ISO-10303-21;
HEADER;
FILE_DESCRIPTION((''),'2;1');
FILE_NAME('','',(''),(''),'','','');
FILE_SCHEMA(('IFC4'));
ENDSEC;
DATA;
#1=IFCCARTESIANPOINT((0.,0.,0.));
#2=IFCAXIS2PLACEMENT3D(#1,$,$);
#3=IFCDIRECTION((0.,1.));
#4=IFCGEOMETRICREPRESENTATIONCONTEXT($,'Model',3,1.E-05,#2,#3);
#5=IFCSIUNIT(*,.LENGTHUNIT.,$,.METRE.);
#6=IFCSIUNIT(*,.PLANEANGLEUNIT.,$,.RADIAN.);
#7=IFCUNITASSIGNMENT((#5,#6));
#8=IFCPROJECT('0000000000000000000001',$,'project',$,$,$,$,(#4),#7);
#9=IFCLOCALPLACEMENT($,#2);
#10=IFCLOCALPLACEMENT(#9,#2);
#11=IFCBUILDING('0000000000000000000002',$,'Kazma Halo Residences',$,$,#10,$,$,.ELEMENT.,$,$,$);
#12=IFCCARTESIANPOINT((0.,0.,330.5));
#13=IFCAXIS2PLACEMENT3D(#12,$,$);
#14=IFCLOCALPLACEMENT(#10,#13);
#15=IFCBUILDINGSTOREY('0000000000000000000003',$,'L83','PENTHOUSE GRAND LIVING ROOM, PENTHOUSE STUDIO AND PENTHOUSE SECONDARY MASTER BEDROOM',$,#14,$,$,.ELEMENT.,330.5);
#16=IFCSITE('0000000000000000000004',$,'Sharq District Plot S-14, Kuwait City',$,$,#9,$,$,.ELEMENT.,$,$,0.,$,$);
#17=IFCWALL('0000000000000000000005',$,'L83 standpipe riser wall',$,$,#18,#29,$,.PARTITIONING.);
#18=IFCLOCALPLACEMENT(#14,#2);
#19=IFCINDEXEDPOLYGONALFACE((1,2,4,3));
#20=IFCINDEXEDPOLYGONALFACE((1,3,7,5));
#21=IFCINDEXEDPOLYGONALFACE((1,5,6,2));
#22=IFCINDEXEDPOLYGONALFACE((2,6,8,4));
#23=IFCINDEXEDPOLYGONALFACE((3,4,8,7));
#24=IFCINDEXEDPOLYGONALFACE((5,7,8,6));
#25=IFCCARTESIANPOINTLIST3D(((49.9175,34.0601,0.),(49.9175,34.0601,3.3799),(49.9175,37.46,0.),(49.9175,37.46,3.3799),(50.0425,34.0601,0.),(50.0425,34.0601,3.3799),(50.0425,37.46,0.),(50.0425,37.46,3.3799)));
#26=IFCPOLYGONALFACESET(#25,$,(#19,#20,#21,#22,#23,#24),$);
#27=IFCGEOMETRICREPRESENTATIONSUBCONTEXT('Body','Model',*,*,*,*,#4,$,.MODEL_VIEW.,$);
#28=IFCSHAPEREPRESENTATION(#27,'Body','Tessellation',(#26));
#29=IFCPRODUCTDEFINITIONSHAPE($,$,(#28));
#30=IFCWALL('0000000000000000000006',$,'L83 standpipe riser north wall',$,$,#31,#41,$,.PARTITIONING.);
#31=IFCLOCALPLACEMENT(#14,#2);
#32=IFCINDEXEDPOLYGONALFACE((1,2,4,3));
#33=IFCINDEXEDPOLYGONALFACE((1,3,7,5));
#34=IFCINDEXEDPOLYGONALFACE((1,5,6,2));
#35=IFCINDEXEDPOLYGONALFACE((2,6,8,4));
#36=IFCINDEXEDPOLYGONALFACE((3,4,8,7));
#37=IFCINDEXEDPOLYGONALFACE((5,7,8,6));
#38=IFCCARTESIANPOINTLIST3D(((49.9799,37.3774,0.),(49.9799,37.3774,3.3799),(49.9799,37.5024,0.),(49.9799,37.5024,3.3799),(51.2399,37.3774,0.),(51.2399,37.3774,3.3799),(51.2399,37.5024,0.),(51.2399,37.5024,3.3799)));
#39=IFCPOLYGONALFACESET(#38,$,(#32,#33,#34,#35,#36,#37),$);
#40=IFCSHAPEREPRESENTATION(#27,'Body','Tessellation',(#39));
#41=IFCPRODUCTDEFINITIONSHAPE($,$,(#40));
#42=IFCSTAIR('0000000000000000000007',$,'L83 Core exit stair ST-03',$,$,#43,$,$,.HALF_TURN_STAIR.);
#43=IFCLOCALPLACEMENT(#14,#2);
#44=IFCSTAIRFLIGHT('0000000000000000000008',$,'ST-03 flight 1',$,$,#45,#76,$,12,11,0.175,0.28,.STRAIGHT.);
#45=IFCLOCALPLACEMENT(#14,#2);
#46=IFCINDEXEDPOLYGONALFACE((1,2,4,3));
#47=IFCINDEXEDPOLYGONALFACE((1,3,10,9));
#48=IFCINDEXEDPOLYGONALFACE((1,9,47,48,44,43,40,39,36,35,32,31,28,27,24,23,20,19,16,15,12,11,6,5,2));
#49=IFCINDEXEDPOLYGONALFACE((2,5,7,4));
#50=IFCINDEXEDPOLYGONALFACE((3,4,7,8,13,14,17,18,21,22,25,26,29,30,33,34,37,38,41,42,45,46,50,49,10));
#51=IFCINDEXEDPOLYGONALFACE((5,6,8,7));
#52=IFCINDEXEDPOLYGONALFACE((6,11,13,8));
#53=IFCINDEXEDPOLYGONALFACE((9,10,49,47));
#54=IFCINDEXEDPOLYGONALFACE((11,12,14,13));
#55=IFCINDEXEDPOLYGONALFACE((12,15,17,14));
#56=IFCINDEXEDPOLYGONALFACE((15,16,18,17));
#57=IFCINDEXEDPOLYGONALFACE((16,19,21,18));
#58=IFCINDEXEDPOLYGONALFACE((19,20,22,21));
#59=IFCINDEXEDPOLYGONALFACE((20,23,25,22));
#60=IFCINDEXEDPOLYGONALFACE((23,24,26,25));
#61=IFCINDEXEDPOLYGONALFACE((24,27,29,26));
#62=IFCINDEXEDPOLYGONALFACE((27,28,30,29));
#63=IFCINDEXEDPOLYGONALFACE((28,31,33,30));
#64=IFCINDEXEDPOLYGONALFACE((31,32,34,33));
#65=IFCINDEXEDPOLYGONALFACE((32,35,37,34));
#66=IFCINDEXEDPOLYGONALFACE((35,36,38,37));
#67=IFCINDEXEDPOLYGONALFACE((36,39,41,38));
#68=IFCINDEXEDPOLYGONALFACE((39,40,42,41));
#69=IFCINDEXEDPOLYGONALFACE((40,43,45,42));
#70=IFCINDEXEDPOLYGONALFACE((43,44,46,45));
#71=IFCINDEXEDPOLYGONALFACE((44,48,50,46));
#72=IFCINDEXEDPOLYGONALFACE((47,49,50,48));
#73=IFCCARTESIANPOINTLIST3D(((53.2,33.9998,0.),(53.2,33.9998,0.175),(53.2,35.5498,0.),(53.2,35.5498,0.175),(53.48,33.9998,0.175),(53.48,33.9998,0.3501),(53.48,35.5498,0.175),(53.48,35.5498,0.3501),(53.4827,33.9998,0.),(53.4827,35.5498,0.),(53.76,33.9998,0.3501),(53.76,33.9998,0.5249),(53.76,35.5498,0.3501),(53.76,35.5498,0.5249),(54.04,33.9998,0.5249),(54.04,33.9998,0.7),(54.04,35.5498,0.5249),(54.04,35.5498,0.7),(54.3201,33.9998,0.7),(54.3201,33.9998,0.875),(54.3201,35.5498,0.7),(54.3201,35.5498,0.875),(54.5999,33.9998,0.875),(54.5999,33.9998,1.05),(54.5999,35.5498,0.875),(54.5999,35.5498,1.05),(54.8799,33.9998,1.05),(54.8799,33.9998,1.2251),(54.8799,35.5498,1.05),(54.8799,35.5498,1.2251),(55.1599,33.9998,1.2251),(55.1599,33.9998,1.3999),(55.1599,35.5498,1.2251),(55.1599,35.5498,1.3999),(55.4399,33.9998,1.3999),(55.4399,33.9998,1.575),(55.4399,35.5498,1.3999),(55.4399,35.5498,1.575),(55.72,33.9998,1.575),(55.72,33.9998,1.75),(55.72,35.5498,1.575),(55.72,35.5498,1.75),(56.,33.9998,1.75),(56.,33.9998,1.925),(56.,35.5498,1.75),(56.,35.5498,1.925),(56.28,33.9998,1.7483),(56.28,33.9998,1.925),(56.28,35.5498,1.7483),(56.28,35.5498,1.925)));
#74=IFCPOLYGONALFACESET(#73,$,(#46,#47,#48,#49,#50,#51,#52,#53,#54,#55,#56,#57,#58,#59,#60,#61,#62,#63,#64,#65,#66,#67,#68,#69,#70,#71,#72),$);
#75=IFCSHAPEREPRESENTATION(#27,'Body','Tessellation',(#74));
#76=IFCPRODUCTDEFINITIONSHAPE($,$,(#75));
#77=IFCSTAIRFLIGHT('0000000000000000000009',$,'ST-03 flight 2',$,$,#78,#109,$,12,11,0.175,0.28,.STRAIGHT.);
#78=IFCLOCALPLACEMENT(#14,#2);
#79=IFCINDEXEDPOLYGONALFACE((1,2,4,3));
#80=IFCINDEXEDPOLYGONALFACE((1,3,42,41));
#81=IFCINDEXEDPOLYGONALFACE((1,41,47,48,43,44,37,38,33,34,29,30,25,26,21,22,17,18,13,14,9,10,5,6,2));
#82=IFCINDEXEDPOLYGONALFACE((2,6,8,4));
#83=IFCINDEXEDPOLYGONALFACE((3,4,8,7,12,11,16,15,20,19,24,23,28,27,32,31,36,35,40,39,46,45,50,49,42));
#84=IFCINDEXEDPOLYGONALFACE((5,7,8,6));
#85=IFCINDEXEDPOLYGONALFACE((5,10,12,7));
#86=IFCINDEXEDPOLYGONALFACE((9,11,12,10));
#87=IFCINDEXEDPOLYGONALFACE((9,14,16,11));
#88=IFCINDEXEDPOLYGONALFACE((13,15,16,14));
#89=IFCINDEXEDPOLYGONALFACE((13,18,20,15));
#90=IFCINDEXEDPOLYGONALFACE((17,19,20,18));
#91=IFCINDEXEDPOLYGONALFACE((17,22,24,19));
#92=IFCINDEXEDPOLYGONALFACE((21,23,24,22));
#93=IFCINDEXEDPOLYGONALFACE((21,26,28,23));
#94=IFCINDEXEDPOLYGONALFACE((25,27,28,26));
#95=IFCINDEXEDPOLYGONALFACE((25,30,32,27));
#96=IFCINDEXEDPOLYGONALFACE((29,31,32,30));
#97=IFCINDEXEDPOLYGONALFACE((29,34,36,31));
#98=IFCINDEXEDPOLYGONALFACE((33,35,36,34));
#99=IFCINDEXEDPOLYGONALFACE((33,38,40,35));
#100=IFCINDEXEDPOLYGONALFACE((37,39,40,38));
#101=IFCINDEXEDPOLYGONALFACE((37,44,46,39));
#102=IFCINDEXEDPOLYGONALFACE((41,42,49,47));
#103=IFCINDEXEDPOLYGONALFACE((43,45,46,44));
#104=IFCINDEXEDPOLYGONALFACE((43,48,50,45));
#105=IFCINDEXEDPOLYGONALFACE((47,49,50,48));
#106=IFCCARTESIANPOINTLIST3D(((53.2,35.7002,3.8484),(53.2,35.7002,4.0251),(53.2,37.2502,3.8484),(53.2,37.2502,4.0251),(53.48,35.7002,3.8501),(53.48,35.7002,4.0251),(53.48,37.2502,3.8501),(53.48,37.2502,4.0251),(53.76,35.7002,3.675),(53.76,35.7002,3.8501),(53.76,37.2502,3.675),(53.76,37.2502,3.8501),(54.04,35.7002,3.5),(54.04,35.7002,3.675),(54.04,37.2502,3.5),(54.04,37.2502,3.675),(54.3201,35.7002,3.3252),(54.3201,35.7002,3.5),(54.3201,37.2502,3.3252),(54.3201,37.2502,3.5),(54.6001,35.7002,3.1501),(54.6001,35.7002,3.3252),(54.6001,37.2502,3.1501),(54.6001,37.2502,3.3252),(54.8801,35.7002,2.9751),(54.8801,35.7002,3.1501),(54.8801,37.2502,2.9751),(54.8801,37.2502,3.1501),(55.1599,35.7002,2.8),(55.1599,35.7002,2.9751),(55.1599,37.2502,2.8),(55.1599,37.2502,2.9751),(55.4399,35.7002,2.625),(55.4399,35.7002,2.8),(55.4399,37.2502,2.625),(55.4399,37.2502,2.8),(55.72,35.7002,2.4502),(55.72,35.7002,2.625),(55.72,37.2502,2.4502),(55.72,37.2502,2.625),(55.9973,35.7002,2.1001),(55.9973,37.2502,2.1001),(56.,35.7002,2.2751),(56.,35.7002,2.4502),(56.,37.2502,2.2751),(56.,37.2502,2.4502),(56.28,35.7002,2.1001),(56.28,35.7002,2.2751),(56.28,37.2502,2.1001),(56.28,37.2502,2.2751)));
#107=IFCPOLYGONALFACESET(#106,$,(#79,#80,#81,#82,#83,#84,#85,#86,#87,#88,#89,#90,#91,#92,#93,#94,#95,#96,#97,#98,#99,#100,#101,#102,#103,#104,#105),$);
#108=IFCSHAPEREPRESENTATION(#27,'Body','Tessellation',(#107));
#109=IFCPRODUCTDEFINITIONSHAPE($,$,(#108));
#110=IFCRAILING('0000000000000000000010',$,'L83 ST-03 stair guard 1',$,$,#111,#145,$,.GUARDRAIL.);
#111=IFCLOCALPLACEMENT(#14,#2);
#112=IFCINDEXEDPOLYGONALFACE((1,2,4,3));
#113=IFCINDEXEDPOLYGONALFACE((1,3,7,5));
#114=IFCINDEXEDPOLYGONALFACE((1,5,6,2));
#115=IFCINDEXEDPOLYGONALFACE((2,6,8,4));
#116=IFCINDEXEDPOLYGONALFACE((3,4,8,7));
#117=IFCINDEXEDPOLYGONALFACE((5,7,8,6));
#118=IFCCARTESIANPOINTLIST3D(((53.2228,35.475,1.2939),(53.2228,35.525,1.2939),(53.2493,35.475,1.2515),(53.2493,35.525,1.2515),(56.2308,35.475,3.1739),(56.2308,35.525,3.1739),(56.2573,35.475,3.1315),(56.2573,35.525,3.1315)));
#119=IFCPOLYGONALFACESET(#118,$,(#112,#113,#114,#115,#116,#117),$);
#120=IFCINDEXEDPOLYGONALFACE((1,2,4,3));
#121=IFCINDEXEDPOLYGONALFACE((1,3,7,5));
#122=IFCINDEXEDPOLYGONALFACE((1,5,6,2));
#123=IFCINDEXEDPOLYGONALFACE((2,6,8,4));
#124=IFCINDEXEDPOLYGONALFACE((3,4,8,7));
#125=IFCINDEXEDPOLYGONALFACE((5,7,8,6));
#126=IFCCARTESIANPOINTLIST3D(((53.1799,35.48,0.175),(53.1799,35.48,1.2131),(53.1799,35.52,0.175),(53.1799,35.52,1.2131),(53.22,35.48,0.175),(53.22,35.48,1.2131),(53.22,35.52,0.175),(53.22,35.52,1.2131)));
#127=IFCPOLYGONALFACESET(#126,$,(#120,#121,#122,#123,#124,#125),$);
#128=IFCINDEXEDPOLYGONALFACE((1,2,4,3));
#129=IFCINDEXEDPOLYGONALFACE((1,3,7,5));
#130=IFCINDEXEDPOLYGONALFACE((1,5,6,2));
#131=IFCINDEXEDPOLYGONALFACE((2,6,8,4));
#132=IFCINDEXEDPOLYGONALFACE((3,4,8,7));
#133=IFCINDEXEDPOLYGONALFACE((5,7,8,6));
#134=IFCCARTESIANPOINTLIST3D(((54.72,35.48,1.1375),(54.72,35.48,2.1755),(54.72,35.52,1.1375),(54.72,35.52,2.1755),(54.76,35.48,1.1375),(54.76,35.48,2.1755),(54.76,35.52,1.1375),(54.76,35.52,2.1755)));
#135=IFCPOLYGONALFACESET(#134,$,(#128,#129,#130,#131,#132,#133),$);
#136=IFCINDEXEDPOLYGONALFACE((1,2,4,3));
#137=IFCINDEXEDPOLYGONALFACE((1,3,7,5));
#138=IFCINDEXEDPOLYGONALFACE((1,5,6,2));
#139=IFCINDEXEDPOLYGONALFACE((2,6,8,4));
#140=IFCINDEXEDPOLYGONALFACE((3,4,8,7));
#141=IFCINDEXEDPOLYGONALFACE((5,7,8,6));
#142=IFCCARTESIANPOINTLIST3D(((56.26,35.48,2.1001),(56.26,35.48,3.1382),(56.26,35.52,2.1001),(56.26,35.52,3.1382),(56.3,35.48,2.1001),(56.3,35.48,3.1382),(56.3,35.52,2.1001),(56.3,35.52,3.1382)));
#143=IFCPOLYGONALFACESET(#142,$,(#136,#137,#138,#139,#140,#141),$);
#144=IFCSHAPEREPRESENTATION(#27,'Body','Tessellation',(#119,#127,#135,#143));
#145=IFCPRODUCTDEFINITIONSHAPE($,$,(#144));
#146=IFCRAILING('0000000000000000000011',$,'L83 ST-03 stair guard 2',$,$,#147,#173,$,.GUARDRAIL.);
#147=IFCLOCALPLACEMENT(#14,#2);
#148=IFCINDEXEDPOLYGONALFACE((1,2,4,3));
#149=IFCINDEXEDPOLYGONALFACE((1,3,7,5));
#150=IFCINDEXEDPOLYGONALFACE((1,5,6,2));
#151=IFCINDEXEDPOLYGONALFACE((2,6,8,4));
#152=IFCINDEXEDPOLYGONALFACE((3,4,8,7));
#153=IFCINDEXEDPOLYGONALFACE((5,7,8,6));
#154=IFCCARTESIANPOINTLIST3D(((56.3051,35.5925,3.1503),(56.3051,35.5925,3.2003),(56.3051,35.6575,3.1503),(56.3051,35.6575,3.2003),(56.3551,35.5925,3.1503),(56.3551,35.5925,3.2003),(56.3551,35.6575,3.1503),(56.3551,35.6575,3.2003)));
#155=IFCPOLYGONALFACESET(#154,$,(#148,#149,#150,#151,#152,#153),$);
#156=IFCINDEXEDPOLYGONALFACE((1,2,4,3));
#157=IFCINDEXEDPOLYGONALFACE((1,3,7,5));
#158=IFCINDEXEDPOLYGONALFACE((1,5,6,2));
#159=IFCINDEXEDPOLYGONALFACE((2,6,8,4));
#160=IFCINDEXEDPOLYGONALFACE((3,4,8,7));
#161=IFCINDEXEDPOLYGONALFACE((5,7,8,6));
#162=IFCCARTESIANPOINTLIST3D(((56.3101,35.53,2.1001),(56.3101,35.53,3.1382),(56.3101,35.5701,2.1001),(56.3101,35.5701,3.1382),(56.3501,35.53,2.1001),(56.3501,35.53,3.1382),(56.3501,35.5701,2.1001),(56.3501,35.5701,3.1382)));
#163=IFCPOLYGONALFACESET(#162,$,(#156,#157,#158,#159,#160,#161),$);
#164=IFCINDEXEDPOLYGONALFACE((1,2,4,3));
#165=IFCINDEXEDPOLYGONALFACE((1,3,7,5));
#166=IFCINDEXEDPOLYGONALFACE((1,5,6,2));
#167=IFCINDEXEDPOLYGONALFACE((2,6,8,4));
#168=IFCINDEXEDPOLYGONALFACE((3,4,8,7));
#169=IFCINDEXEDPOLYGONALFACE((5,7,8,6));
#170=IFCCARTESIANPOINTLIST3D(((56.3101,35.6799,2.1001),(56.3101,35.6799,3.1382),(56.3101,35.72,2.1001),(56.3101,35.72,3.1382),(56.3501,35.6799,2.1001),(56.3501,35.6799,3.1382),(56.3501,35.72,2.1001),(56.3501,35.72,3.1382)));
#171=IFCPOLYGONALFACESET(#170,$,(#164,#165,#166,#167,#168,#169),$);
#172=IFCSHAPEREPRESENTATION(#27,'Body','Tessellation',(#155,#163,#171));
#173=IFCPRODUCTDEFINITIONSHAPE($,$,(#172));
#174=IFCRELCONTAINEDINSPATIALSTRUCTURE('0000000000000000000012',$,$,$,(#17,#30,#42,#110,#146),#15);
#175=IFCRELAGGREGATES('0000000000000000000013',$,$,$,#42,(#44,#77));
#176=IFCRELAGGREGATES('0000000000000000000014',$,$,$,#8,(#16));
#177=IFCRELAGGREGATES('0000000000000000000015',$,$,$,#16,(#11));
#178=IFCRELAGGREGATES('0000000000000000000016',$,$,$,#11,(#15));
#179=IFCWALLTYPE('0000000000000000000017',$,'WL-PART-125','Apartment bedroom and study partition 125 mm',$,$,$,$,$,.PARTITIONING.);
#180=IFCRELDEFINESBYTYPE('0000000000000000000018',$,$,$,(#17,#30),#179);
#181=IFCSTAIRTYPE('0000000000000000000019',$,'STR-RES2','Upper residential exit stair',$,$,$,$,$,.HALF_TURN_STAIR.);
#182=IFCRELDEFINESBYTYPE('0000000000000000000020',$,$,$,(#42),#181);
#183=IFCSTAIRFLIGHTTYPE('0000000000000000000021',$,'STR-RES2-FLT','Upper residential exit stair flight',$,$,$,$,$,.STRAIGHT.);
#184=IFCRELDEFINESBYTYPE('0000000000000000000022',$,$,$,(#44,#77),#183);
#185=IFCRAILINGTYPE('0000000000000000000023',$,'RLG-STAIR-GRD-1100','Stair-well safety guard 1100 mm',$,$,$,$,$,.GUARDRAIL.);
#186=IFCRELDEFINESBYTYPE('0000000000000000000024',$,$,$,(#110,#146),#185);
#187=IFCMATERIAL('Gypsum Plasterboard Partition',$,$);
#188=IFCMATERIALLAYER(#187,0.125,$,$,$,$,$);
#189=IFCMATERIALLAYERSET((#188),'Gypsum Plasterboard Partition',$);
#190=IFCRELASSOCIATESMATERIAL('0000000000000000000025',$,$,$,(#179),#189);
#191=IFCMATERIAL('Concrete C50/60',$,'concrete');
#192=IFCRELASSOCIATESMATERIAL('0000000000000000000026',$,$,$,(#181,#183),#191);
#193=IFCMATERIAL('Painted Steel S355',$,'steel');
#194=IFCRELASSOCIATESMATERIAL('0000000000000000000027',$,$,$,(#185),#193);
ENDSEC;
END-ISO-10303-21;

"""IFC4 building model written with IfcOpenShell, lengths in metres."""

from ifc_helpers import new_model, si_unit, direction, frame, frame_2d, origin, origin_2d, place, context, subcontext, project, spatial, polyline, rectangle, outline, extrude, material, layer, layer_set, type_object, element, aggregate, save


model = new_model("IFC4")

# Units and contexts
model_context = context("Model", 3, precision=1e-05, world=origin(), true_north=direction((0.0, 1.0)))
body_context = subcontext(model_context, "Body", "Model", "MODEL_VIEW")
ifc_project = project(units=[si_unit("LENGTHUNIT", "METRE"), si_unit("PLANEANGLEUNIT", "RADIAN")], contexts=[model_context])

# Site, building, storey
site_placement = place(None, origin())
site = spatial("IfcSite", under=ifc_project, at=site_placement, Name="Sharq District Plot S-14, Kuwait City", CompositionType="ELEMENT", RefElevation=0.0)
building_placement = place(site_placement, origin())
building = spatial("IfcBuilding", under=site, at=building_placement, Name="Kazma Halo Residences", CompositionType="ELEMENT")
storey_placement = place(building_placement, frame((0.0, 0.0, 330.5)))
storey = spatial("IfcBuildingStorey", under=building, at=storey_placement, Name="L83", Description="PENTHOUSE GRAND LIVING ROOM, PENTHOUSE STUDIO AND PENTHOUSE SECONDARY MASTER BEDROOM", CompositionType="ELEMENT", Elevation=330.5)

# Walls
ifc_material_1 = material(Name="Gypsum Plasterboard Partition")
ifc_layer_1 = layer(ifc_material_1, 0.125)
ifc_layer_set_1 = layer_set([ifc_layer_1], Name="Gypsum Plasterboard Partition")
wall_type_1 = type_object("IfcWallType", Name="WL-PART-125", Description="Apartment bedroom and study partition 125 mm", PredefinedType="PARTITIONING", material=ifc_layer_set_1)
wall_1_placement = place(storey_placement, frame((49.98, 34.0601, 0.0), z_axis=(0.0, 0.0, 1.0), x_axis=(0.0, 1.0, 0.0)))
element("IfcWall", 1, at=wall_1_placement, inside=storey, type_object=wall_type_1, Name="L83 standpipe riser wall", PredefinedType="PARTITIONING", context=body_context, shape_type="SweptSolid", body=[
    extrude(rectangle(XDim=3.3999, YDim=0.125, at=frame_2d((1.7, 0.0))), origin(), (0.0, 0.0, 1.0), 3.3799),
])
wall_2_placement = place(storey_placement, frame((49.98, 37.4399, 0.0), z_axis=(0.0, 0.0, 1.0), x_axis=(1.0, 0.0, 0.0)))
element("IfcWall", 2, at=wall_2_placement, inside=storey, type_object=wall_type_1, Name="L83 standpipe riser north wall", PredefinedType="PARTITIONING", context=body_context, shape_type="SweptSolid", body=[
    extrude(rectangle(XDim=1.26, YDim=0.125, at=frame_2d((0.6299, 0.0))), origin(), (0.0, 0.0, 1.0), 3.3799),
])

# Shared definitions
ifc_material_2 = material(Name="Concrete C50/60", Category="concrete")

# Stair, stair flights
stair_type = type_object("IfcStairType", Name="STR-RES2", Description="Upper residential exit stair", PredefinedType="HALF_TURN_STAIR", material=ifc_material_2)
stair_placement = place(storey_placement, origin())
stair = element("IfcStair", 3, at=stair_placement, inside=storey, type_object=stair_type, Name="L83 Core exit stair ST-03", PredefinedType="HALF_TURN_STAIR")
stair_flight_type = type_object("IfcStairFlightType", Name="STR-RES2-FLT", Description="Upper residential exit stair flight", PredefinedType="STRAIGHT", material=ifc_material_2)
stair_flight_1_placement = place(storey_placement, frame((53.2, 34.7749, 0.0), z_axis=(0.0, 0.0, 1.0), x_axis=(1.0, 0.0, 0.0)))
stair_flight_1 = element("IfcStairFlight", 4, at=stair_flight_1_placement, type_object=stair_flight_type, Name="ST-03 flight 1", NumberOfRisers=12, NumberOfTreads=11, PredefinedType="STRAIGHT", RiserHeight=0.175, TreadLength=0.28, context=body_context, shape_type="SweptSolid", body=[
    extrude(outline(polyline([(0.0, 0.0), (0.0, 0.175), (0.28, 0.175), (0.28, 0.3501), (0.5601, 0.3501), (0.5601, 0.5249), (0.8401, 0.5249), (0.8401, 0.7), (1.1201, 0.7), (1.1201, 0.875), (1.3999, 0.875), (1.3999, 1.05), (1.6799, 1.05), (1.6799, 1.2251), (1.96, 1.2251), (1.96, 1.3999), (2.24, 1.3999), (2.24, 1.575), (2.52, 1.575), (2.52, 1.75), (2.8, 1.75), (2.8, 1.925), (3.0801, 1.925), (3.0801, 2.1001), (3.0801, 1.7483), (0.2827, 0.0), (0.0, 0.0)])), frame((0.0, 0.7749, 0.0), z_axis=(0.0, -1.0, 0.0), x_axis=(1.0, 0.0, 0.0)), (0.0, 0.0, 1.0), 1.55),
])
stair_flight_2_placement = place(storey_placement, frame((56.28, 36.4751, 2.1001), z_axis=(0.0, 0.0, 1.0), x_axis=(-1.0, 0.0, 0.0)))
stair_flight_2 = element("IfcStairFlight", 5, at=stair_flight_2_placement, type_object=stair_flight_type, Name="ST-03 flight 2", NumberOfRisers=12, NumberOfTreads=11, PredefinedType="STRAIGHT", RiserHeight=0.175, TreadLength=0.28, context=body_context, shape_type="SweptSolid", body=[
    extrude(outline(polyline([(0.0, 0.0), (0.0, 0.175), (0.28, 0.175), (0.28, 0.3501), (0.5601, 0.3501), (0.5601, 0.5249), (0.8401, 0.5249), (0.8401, 0.7), (1.1201, 0.7), (1.1201, 0.875), (1.3999, 0.875), (1.3999, 1.05), (1.6799, 1.05), (1.6799, 1.2251), (1.96, 1.2251), (1.96, 1.3999), (2.24, 1.3999), (2.24, 1.575), (2.52, 1.575), (2.52, 1.75), (2.8, 1.75), (2.8, 1.925), (3.0801, 1.925), (3.0801, 2.1001), (3.0801, 1.7483), (0.2827, 0.0), (0.0, 0.0)])), frame((0.0, 0.7749, 0.0), z_axis=(0.0, -1.0, 0.0), x_axis=(1.0, 0.0, 0.0)), (0.0, 0.0, 1.0), 1.55),
])
aggregate(stair, [stair_flight_1, stair_flight_2])

# Railings
ifc_material_3 = material(Name="Painted Steel S355", Category="steel")
railing_type_1 = type_object("IfcRailingType", Name="RLG-STAIR-GRD-1100", Description="Stair-well safety guard 1100 mm", PredefinedType="GUARDRAIL", material=ifc_material_3)
railing_1_placement = place(storey_placement, frame((53.2, 35.5, 0.175)))
element("IfcRailing", 6, at=railing_1_placement, inside=storey, type_object=railing_type_1, Name="L83 ST-03 stair guard 1", PredefinedType="GUARDRAIL", context=body_context, shape_type="SweptSolid", body=[
    extrude(rectangle(XDim=0.05, YDim=0.05, at=origin_2d()), frame((0.0361, 0.0, 1.0977), z_axis=(0.847998, 0.0, 0.529999), x_axis=(0.0, 1.0, 0.0)), (0.0, 0.0, 1.0), 3.5471),
    extrude(rectangle(XDim=0.04, YDim=0.04, at=origin_2d()), origin(), (0.0, 0.0, 1.0), 1.0381),
    extrude(rectangle(XDim=0.04, YDim=0.04, at=origin_2d()), frame((1.54, 0.0, 0.9624)), (0.0, 0.0, 1.0), 1.0381),
    extrude(rectangle(XDim=0.04, YDim=0.04, at=origin_2d()), frame((3.0801, 0.0, 1.925)), (0.0, 0.0, 1.0), 1.0381),
])
railing_2_placement = place(storey_placement, frame((56.3301, 35.55, 2.1001)))
element("IfcRailing", 7, at=railing_2_placement, inside=storey, type_object=railing_type_1, Name="L83 ST-03 stair guard 2", PredefinedType="GUARDRAIL", context=body_context, shape_type="SweptSolid", body=[
    extrude(rectangle(XDim=0.05, YDim=0.05, at=origin_2d()), frame((0.0, 0.0425, 1.0752), z_axis=(0.0, 1.0, 0.0), x_axis=(-1.0, 0.0, 0.0)), (0.0, 0.0, 1.0), 0.0649),
    extrude(rectangle(XDim=0.04, YDim=0.04, at=origin_2d()), origin(), (0.0, 0.0, 1.0), 1.0381),
    extrude(rectangle(XDim=0.04, YDim=0.04, at=origin_2d()), frame((0.0, 0.1499, 0.0)), (0.0, 0.0, 1.0), 1.0381),
])

save(model, "model.ifc")
